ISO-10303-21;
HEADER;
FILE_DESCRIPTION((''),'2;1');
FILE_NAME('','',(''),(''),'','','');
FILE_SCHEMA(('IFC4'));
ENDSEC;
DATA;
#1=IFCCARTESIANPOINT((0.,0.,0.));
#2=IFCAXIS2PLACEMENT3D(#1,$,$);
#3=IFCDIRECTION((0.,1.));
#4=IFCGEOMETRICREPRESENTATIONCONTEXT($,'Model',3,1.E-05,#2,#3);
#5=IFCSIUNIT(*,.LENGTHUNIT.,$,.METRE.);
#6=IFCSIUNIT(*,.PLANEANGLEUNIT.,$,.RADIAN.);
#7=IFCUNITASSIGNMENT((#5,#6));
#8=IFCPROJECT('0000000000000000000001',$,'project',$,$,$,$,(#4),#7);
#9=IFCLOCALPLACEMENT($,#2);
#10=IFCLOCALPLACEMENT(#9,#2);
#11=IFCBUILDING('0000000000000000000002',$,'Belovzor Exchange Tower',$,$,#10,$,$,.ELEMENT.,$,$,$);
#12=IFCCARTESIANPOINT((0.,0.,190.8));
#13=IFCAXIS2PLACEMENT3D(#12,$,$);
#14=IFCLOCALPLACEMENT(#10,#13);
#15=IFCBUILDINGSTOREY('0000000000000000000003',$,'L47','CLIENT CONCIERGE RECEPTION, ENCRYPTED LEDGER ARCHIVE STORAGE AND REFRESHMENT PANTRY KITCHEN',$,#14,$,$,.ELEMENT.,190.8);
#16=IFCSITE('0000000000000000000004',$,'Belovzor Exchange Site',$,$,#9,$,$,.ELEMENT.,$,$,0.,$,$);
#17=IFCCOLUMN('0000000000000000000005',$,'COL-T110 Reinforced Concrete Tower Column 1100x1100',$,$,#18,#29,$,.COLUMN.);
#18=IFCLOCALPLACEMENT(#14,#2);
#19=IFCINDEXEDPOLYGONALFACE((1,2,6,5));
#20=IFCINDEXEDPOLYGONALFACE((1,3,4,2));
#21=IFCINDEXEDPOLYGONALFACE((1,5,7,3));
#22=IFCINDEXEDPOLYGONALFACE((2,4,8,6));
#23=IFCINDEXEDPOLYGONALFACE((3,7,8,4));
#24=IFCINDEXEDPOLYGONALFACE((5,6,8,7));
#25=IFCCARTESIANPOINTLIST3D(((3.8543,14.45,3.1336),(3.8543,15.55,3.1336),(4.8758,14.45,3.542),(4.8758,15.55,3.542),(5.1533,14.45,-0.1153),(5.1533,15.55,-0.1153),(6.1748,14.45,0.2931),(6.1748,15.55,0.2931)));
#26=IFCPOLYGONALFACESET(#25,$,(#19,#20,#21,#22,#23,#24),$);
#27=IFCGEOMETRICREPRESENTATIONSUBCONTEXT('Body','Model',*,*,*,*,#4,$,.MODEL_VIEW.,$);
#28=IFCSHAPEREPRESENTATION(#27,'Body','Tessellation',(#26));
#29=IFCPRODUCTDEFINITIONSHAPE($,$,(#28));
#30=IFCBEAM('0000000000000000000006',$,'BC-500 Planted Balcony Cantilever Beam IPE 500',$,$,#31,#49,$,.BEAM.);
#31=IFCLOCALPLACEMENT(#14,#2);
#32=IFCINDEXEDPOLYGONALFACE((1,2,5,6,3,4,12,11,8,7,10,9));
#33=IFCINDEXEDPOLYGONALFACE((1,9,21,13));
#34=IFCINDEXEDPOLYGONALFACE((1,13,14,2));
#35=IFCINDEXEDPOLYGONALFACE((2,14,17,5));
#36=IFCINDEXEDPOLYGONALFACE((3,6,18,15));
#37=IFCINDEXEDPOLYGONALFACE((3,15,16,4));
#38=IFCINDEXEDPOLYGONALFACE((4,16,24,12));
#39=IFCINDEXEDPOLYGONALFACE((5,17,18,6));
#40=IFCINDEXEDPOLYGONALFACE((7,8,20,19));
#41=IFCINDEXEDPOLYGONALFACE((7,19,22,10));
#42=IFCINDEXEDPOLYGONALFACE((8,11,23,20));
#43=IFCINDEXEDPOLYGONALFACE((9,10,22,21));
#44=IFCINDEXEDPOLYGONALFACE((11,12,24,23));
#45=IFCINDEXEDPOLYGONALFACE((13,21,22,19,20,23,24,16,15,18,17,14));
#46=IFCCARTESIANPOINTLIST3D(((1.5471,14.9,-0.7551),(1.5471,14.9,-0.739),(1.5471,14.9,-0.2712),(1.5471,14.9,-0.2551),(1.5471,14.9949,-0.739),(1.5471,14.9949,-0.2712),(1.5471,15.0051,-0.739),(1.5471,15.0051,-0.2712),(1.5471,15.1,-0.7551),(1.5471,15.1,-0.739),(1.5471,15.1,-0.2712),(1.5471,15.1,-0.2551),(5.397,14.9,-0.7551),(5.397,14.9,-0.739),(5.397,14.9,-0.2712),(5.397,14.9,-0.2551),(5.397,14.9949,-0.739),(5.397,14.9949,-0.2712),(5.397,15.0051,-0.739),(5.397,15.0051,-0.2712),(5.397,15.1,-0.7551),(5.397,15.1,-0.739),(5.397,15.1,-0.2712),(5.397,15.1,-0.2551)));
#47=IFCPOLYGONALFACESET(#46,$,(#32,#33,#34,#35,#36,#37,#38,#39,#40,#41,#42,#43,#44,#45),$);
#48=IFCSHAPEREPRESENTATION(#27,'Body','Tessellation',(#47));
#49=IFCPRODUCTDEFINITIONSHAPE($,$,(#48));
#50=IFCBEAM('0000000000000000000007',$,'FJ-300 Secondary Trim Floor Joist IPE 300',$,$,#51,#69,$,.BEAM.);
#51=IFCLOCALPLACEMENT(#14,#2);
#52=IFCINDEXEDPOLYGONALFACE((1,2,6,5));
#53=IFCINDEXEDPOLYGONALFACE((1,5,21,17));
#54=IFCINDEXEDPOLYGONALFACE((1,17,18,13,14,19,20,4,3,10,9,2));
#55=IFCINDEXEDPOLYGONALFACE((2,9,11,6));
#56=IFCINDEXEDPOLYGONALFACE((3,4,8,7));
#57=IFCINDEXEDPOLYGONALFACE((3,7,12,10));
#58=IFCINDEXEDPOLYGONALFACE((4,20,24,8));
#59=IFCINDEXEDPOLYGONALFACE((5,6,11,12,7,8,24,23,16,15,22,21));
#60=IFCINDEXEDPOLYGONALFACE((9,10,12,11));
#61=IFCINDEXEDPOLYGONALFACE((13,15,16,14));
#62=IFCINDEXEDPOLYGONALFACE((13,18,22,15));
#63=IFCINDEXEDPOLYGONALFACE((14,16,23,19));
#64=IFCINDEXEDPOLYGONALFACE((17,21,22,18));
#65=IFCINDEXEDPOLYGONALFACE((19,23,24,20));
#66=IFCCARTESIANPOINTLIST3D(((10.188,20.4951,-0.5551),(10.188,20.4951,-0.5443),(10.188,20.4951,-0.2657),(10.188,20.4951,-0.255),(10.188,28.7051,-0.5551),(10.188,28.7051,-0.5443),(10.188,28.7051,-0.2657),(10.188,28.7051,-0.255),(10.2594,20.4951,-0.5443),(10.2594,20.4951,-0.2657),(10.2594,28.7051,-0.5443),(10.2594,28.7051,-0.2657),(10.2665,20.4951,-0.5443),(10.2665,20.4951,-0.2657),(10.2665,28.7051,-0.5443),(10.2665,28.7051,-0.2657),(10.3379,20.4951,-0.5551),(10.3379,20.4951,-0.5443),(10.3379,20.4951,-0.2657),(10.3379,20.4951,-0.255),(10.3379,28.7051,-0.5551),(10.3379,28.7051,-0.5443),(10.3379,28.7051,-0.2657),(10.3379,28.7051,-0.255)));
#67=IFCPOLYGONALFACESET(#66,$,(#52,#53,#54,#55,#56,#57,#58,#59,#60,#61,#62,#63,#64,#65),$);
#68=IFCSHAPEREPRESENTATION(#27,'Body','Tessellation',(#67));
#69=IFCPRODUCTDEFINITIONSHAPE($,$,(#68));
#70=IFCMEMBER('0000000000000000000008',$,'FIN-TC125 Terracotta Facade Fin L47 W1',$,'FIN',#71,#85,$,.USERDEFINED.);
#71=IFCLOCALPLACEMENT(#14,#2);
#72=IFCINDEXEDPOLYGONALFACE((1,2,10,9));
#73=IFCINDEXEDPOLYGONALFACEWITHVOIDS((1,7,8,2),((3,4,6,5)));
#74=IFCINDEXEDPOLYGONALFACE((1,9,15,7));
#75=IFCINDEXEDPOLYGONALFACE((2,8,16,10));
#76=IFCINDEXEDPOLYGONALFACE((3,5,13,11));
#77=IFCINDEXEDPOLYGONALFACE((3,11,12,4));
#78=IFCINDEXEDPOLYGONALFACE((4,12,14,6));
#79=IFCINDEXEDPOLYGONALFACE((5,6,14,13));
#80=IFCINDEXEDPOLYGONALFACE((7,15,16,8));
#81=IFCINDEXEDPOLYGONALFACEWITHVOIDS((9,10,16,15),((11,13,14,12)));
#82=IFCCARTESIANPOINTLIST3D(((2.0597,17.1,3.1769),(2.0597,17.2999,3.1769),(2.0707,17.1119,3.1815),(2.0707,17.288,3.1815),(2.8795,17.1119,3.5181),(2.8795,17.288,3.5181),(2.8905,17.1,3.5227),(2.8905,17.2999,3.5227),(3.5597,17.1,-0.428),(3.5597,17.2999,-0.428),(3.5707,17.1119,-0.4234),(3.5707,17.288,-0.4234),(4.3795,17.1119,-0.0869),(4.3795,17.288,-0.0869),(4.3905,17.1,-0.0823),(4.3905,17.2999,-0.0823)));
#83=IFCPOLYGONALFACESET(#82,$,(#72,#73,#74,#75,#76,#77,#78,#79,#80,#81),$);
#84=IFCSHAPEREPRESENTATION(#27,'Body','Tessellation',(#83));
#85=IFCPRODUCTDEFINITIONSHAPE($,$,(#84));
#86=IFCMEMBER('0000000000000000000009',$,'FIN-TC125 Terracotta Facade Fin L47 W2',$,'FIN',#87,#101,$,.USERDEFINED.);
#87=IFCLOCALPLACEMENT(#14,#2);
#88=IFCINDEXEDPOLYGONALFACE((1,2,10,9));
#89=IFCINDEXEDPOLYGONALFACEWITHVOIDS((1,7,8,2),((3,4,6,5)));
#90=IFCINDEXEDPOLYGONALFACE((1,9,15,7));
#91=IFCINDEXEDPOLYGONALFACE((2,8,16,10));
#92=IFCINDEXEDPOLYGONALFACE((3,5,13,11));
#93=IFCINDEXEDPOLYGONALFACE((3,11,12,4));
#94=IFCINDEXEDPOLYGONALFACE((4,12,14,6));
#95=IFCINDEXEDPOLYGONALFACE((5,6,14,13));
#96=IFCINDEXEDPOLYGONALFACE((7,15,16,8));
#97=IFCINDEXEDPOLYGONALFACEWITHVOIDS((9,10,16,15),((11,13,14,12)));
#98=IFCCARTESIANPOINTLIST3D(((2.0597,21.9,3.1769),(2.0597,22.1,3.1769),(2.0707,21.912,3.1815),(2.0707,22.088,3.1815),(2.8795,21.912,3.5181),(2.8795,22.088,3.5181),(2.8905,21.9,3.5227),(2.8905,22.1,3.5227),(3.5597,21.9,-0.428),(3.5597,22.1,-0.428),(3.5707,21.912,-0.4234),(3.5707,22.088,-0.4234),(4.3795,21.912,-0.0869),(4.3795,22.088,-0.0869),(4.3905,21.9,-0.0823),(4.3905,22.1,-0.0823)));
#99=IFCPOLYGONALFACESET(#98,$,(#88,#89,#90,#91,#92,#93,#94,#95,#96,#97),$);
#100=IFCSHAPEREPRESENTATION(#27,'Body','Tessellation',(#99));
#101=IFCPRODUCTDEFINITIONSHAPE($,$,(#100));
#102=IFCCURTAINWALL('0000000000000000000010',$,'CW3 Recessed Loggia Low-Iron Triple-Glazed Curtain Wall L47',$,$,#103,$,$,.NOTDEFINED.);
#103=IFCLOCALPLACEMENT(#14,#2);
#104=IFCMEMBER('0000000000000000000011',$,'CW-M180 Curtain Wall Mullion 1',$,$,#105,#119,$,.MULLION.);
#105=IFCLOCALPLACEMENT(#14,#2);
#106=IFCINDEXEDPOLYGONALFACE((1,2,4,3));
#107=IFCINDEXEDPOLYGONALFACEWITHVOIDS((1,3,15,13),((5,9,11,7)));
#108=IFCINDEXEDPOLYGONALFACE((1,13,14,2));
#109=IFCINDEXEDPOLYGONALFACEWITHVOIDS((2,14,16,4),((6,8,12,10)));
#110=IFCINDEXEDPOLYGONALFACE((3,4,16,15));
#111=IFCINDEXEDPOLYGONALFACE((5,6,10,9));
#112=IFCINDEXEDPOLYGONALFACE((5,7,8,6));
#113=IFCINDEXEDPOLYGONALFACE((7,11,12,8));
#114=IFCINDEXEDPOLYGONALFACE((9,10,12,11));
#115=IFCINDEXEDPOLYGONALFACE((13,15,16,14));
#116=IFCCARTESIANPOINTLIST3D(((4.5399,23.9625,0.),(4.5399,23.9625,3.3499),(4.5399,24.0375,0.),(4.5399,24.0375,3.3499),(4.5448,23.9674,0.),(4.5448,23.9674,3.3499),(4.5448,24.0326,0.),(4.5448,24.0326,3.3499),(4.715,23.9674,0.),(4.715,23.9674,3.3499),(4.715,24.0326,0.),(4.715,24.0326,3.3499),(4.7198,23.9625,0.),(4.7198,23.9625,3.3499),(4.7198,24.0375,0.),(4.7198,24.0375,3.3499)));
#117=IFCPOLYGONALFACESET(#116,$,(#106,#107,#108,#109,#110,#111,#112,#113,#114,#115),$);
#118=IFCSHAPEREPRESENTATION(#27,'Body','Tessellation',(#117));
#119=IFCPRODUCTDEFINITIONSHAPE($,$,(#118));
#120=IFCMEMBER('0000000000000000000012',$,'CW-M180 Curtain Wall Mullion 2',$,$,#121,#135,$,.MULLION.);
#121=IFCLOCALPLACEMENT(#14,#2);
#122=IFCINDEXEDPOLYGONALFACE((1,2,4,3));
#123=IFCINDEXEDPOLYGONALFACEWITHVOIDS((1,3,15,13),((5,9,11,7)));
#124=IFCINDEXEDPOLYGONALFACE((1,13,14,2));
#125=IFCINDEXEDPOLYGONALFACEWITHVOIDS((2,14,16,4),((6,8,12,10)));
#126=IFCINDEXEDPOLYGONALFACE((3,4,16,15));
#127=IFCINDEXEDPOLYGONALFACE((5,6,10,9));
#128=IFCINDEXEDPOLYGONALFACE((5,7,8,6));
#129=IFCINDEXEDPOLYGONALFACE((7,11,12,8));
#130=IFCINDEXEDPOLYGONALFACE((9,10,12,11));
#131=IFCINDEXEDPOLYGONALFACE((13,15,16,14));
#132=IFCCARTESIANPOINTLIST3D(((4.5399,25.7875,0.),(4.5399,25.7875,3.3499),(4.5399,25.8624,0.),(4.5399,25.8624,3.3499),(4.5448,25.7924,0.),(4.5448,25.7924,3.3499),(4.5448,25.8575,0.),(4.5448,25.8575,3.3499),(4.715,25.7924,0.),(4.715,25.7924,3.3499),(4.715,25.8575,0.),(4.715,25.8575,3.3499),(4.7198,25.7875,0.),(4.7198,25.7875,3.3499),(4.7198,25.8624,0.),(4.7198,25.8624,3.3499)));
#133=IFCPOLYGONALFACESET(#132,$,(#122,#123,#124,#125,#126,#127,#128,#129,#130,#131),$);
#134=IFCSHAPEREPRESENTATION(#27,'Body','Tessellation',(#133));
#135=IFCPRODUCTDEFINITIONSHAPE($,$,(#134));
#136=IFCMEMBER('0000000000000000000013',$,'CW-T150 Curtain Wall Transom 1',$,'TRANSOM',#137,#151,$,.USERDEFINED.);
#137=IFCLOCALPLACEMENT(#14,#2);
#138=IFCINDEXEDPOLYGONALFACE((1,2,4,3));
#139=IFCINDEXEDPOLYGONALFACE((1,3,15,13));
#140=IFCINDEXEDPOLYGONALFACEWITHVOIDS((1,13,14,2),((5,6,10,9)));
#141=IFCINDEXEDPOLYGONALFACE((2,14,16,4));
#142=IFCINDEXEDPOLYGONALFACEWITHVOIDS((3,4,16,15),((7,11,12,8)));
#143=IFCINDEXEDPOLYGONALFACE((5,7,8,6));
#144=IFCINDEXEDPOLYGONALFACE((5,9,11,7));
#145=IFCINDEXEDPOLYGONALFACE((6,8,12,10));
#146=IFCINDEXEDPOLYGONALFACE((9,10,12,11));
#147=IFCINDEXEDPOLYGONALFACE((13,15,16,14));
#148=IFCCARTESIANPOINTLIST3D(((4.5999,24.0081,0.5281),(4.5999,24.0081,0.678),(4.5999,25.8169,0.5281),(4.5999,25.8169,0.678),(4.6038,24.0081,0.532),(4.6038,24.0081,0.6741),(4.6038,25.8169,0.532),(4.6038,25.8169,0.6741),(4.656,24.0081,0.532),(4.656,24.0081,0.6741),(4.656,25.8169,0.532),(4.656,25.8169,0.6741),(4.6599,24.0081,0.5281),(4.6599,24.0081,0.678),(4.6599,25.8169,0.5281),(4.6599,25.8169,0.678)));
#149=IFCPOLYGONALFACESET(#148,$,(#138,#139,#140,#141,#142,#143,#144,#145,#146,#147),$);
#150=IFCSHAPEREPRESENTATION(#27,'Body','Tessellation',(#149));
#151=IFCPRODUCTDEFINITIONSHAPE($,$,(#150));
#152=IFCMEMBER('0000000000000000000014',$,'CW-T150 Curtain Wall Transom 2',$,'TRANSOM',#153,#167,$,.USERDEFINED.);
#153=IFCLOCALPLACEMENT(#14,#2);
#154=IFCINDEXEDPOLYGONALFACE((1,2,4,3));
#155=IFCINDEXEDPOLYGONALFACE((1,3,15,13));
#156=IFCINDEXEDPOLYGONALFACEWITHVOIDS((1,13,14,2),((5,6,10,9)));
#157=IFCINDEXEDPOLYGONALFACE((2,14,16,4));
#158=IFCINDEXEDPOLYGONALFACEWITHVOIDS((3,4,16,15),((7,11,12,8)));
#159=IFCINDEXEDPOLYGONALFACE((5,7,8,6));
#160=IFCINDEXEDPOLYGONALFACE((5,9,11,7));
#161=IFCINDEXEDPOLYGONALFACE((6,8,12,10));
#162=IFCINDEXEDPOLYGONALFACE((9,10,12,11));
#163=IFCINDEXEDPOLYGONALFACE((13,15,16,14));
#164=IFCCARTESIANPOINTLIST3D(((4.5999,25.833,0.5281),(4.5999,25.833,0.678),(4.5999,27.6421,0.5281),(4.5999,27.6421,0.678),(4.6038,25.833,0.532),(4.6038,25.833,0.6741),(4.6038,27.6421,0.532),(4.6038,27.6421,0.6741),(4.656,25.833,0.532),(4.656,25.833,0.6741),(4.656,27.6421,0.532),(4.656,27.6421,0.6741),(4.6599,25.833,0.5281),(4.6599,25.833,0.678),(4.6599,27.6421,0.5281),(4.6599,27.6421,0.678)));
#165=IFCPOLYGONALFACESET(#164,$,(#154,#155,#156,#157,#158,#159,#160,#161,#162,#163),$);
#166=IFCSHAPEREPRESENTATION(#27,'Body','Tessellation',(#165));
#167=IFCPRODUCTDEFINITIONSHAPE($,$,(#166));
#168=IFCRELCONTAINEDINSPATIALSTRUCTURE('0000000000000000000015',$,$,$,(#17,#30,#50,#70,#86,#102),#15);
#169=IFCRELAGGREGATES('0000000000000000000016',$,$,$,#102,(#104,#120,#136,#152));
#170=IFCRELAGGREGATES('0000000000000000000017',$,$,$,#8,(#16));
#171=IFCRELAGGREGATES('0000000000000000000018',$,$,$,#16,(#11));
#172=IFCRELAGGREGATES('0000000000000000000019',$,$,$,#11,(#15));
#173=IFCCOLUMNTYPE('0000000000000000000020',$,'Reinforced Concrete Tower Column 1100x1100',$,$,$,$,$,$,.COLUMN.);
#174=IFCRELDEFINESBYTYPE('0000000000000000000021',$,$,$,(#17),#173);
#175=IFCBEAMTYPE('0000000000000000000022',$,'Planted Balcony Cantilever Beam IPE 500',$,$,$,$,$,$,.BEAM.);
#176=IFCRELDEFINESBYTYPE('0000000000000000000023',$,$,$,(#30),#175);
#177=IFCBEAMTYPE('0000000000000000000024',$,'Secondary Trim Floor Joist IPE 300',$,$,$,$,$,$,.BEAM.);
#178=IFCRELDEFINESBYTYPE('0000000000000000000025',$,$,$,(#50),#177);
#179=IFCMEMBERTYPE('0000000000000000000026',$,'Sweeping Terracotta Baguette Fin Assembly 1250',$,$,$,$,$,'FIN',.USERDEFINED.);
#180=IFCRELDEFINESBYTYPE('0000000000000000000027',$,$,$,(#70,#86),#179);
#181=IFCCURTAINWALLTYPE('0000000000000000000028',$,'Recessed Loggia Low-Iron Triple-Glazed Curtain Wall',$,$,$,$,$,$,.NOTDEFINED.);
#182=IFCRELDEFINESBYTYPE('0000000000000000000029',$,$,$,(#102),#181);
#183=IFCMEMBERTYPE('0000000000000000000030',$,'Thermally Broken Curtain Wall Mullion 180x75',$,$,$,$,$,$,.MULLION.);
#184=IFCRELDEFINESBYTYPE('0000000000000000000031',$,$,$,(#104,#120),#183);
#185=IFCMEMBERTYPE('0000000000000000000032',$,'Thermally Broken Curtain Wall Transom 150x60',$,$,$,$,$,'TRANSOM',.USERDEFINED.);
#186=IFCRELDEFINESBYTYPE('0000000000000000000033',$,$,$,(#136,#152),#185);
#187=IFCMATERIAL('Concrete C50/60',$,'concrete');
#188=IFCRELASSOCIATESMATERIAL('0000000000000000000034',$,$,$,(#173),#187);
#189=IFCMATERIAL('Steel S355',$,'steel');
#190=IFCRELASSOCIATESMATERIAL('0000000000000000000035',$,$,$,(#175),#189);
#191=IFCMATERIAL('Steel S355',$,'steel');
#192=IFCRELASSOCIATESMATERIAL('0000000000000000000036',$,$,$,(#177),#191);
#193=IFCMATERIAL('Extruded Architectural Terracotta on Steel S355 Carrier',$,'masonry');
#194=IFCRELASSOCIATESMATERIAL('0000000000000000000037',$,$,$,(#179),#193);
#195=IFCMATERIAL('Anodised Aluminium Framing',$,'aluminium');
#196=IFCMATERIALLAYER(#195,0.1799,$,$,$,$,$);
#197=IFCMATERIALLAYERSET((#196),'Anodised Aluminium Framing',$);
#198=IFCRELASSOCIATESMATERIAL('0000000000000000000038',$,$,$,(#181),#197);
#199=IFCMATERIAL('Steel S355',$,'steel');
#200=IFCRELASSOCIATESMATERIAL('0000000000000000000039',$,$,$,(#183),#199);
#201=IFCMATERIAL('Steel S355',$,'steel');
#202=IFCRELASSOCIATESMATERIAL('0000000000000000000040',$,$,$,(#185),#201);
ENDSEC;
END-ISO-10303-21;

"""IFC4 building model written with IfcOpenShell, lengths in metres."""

from ifc_helpers import new_model, si_unit, direction, frame, origin, origin_2d, place, context, subcontext, project, spatial, rectangle, hollow_rectangle, i_section, extrude, material, layer, layer_set, material_profile, profile_set, type_object, element, aggregate, save


model = new_model("IFC4")

# Units and contexts
model_context = context("Model", 3, precision=1e-05, world=origin(), true_north=direction((0.0, 1.0)))
body_context = subcontext(model_context, "Body", "Model", "MODEL_VIEW")
ifc_project = project(units=[si_unit("LENGTHUNIT", "METRE"), si_unit("PLANEANGLEUNIT", "RADIAN")], contexts=[model_context])

# Site, building, storey
site_placement = place(None, origin())
site = spatial("IfcSite", under=ifc_project, at=site_placement, Name="Belovzor Exchange Site", CompositionType="ELEMENT", RefElevation=0.0)
building_placement = place(site_placement, origin())
building = spatial("IfcBuilding", under=site, at=building_placement, Name="Belovzor Exchange Tower", CompositionType="ELEMENT")
storey_placement = place(building_placement, frame((0.0, 0.0, 190.8)))
storey = spatial("IfcBuildingStorey", under=building, at=storey_placement, Name="L47", Description="CLIENT CONCIERGE RECEPTION, ENCRYPTED LEDGER ARCHIVE STORAGE AND REFRESHMENT PANTRY KITCHEN", CompositionType="ELEMENT", Elevation=190.8)

# Column
ifc_material_1 = material(Name="Concrete C50/60", Category="concrete")
ifc_material_profile_1 = material_profile(ifc_material_1, rectangle(XDim=1.1001, YDim=1.1001, at=origin_2d()))
ifc_profile_set_1 = profile_set([ifc_material_profile_1], Name="Concrete C50/60")
column_type = type_object("IfcColumnType", Name="Reinforced Concrete Tower Column 1100x1100", PredefinedType="COLUMN", material=ifc_profile_set_1)
column_placement = place(storey_placement, frame((5.6641, 15.0, 0.0889), z_axis=(-0.371258, 0.0, 0.92853), x_axis=(0.0, -1.0, 0.0)))
element("IfcColumn", 1, at=column_placement, inside=storey, type_object=column_type, Name="COL-T110 Reinforced Concrete Tower Column 1100x1100", PredefinedType="COLUMN", context=body_context, shape_type="SweptSolid", body=[
    extrude(rectangle(XDim=1.1001, YDim=1.1001, at=origin_2d()), origin(), (0.0, 0.0, 1.0), 3.499),
])

# Beams
ifc_material_2 = material(Name="Steel S355", Category="steel")
ifc_material_profile_2 = material_profile(ifc_material_2, i_section(OverallWidth=0.2, OverallDepth=0.5, WebThickness=0.0103, FlangeThickness=0.0161, at=origin_2d()))
ifc_profile_set_2 = profile_set([ifc_material_profile_2], Name="Steel S355")
beam_type_1 = type_object("IfcBeamType", Name="Planted Balcony Cantilever Beam IPE 500", PredefinedType="BEAM", material=ifc_profile_set_2)
beam_1_placement = place(storey_placement, frame((5.397, 15.0, -0.5051), z_axis=(-1.0, 0.0, 0.0), x_axis=(0.0, -1.0, 0.0)))
element("IfcBeam", 2, at=beam_1_placement, inside=storey, type_object=beam_type_1, Name="BC-500 Planted Balcony Cantilever Beam IPE 500", PredefinedType="BEAM", context=body_context, shape_type="SweptSolid", body=[
    extrude(i_section(OverallWidth=0.2, OverallDepth=0.5, WebThickness=0.0103, FlangeThickness=0.0161, at=origin_2d()), origin(), (0.0, 0.0, 1.0), 3.8499),
])
ifc_material_3 = material(Name="Steel S355", Category="steel")
ifc_material_profile_3 = material_profile(ifc_material_3, i_section(OverallWidth=0.1499, OverallDepth=0.3, WebThickness=0.0071, FlangeThickness=0.0107, at=origin_2d()))
ifc_profile_set_3 = profile_set([ifc_material_profile_3], Name="Steel S355")
beam_type_2 = type_object("IfcBeamType", Name="Secondary Trim Floor Joist IPE 300", PredefinedType="BEAM", material=ifc_profile_set_3)
beam_2_placement = place(storey_placement, frame((10.2629, 20.4951, -0.405), z_axis=(0.0, 1.0, 0.0), x_axis=(-1.0, 0.0, 0.0)))
element("IfcBeam", 3, at=beam_2_placement, inside=storey, type_object=beam_type_2, Name="FJ-300 Secondary Trim Floor Joist IPE 300", PredefinedType="BEAM", context=body_context, shape_type="SweptSolid", body=[
    extrude(i_section(OverallWidth=0.1499, OverallDepth=0.3, WebThickness=0.0071, FlangeThickness=0.0107, at=origin_2d()), origin(), (0.0, 0.0, 1.0), 8.21),
])

# Members
ifc_material_4 = material(Name="Extruded Architectural Terracotta on Steel S355 Carrier", Category="masonry")
ifc_material_profile_4 = material_profile(ifc_material_4, hollow_rectangle(XDim=0.2, YDim=0.8999, WallThickness=0.012, at=origin_2d()))
ifc_profile_set_4 = profile_set([ifc_material_profile_4], Name="Extruded Architectural Terracotta on Steel S355 Carrier")
member_type_1 = type_object("IfcMemberType", Name="Sweeping Terracotta Baguette Fin Assembly 1250", ElementType="FIN", PredefinedType="USERDEFINED", material=ifc_profile_set_4)
for number, where, z_axis, x_axis, name in (
    (4, (3.9751, 17.2, -0.2551), (-0.384162, 0.0, 0.923266), (0.0, -1.0, 0.0), "FIN-TC125 Terracotta Facade Fin L47 W1"),
    (5, (3.9751, 22.0, -0.2551), (-0.384162, 0.0, 0.923266), (0.0, -1.0, 0.0), "FIN-TC125 Terracotta Facade Fin L47 W2"),
):
    element("IfcMember", number, at=place(storey_placement, frame(where, z_axis=z_axis, x_axis=x_axis)), inside=storey, type_object=member_type_1, Name=name, ObjectType="FIN", PredefinedType="USERDEFINED", context=body_context, shape_type="SweptSolid", body=[
        extrude(hollow_rectangle(XDim=0.2, YDim=0.8999, WallThickness=0.012, at=origin_2d()), origin(), (0.0, 0.0, 1.0), 3.9045),
    ])

# Curtain wall, members
ifc_material_5 = material(Name="Anodised Aluminium Framing", Category="aluminium")
ifc_layer_1 = layer(ifc_material_5, 0.1799)
ifc_layer_set_1 = layer_set([ifc_layer_1], Name="Anodised Aluminium Framing")
curtain_wall_type = type_object("IfcCurtainWallType", Name="Recessed Loggia Low-Iron Triple-Glazed Curtain Wall", PredefinedType="NOTDEFINED", material=ifc_layer_set_1)
curtain_wall_placement = place(storey_placement, origin())
curtain_wall = element("IfcCurtainWall", 6, at=curtain_wall_placement, inside=storey, type_object=curtain_wall_type, Name="CW3 Recessed Loggia Low-Iron Triple-Glazed Curtain Wall L47", PredefinedType="NOTDEFINED")
ifc_material_6 = material(Name="Steel S355", Category="steel")
ifc_material_profile_5 = material_profile(ifc_material_6, hollow_rectangle(XDim=0.075, YDim=0.1799, WallThickness=0.0049, at=origin_2d()))
ifc_profile_set_5 = profile_set([ifc_material_profile_5], Name="Steel S355")
member_type_2 = type_object("IfcMemberType", Name="Thermally Broken Curtain Wall Mullion 180x75", PredefinedType="MULLION", material=ifc_profile_set_5)
member_1_placement = place(storey_placement, frame((4.6299, 24.0, 0.0), z_axis=(0.0, 0.0, 1.0), x_axis=(0.0, 1.0, 0.0)))
member_1 = element("IfcMember", 7, at=member_1_placement, type_object=member_type_2, Name="CW-M180 Curtain Wall Mullion 1", PredefinedType="MULLION", context=body_context, shape_type="SweptSolid", body=[
    extrude(hollow_rectangle(XDim=0.075, YDim=0.1799, WallThickness=0.0049, at=origin_2d()), origin(), (0.0, 0.0, 1.0), 3.3499),
])
member_2_placement = place(storey_placement, frame((4.6299, 25.825, 0.0), z_axis=(0.0, 0.0, 1.0), x_axis=(0.0, 1.0, 0.0)))
member_2 = element("IfcMember", 8, at=member_2_placement, type_object=member_type_2, Name="CW-M180 Curtain Wall Mullion 2", PredefinedType="MULLION", context=body_context, shape_type="SweptSolid", body=[
    extrude(hollow_rectangle(XDim=0.075, YDim=0.1799, WallThickness=0.0049, at=origin_2d()), origin(), (0.0, 0.0, 1.0), 3.3499),
])
ifc_material_7 = material(Name="Steel S355", Category="steel")
ifc_material_profile_6 = material_profile(ifc_material_7, hollow_rectangle(XDim=0.0601, YDim=0.1499, WallThickness=0.0039, at=origin_2d()))
ifc_profile_set_6 = profile_set([ifc_material_profile_6], Name="Steel S355")
member_type_3 = type_object("IfcMemberType", Name="Thermally Broken Curtain Wall Transom 150x60", ElementType="TRANSOM", PredefinedType="USERDEFINED", material=ifc_profile_set_6)
member_3_placement = place(storey_placement, frame((4.6299, 24.0081, 0.603), z_axis=(0.0, 1.0, 0.0), x_axis=(-1.0, 0.0, 0.0)))
member_3 = element("IfcMember", 9, at=member_3_placement, type_object=member_type_3, Name="CW-T150 Curtain Wall Transom 1", ObjectType="TRANSOM", PredefinedType="USERDEFINED", context=body_context, shape_type="SweptSolid", body=[
    extrude(hollow_rectangle(XDim=0.0601, YDim=0.1499, WallThickness=0.0039, at=origin_2d()), origin(), (0.0, 0.0, 1.0), 1.8088),
])
member_4_placement = place(storey_placement, frame((4.6299, 25.833, 0.603), z_axis=(0.0, 1.0, 0.0), x_axis=(-1.0, 0.0, 0.0)))
member_4 = element("IfcMember", 10, at=member_4_placement, type_object=member_type_3, Name="CW-T150 Curtain Wall Transom 2", ObjectType="TRANSOM", PredefinedType="USERDEFINED", context=body_context, shape_type="SweptSolid", body=[
    extrude(hollow_rectangle(XDim=0.0601, YDim=0.1499, WallThickness=0.0039, at=origin_2d()), origin(), (0.0, 0.0, 1.0), 1.8091),
])

aggregate(curtain_wall, [member_1, member_2, member_3, member_4])

save(model, "model.ifc")
